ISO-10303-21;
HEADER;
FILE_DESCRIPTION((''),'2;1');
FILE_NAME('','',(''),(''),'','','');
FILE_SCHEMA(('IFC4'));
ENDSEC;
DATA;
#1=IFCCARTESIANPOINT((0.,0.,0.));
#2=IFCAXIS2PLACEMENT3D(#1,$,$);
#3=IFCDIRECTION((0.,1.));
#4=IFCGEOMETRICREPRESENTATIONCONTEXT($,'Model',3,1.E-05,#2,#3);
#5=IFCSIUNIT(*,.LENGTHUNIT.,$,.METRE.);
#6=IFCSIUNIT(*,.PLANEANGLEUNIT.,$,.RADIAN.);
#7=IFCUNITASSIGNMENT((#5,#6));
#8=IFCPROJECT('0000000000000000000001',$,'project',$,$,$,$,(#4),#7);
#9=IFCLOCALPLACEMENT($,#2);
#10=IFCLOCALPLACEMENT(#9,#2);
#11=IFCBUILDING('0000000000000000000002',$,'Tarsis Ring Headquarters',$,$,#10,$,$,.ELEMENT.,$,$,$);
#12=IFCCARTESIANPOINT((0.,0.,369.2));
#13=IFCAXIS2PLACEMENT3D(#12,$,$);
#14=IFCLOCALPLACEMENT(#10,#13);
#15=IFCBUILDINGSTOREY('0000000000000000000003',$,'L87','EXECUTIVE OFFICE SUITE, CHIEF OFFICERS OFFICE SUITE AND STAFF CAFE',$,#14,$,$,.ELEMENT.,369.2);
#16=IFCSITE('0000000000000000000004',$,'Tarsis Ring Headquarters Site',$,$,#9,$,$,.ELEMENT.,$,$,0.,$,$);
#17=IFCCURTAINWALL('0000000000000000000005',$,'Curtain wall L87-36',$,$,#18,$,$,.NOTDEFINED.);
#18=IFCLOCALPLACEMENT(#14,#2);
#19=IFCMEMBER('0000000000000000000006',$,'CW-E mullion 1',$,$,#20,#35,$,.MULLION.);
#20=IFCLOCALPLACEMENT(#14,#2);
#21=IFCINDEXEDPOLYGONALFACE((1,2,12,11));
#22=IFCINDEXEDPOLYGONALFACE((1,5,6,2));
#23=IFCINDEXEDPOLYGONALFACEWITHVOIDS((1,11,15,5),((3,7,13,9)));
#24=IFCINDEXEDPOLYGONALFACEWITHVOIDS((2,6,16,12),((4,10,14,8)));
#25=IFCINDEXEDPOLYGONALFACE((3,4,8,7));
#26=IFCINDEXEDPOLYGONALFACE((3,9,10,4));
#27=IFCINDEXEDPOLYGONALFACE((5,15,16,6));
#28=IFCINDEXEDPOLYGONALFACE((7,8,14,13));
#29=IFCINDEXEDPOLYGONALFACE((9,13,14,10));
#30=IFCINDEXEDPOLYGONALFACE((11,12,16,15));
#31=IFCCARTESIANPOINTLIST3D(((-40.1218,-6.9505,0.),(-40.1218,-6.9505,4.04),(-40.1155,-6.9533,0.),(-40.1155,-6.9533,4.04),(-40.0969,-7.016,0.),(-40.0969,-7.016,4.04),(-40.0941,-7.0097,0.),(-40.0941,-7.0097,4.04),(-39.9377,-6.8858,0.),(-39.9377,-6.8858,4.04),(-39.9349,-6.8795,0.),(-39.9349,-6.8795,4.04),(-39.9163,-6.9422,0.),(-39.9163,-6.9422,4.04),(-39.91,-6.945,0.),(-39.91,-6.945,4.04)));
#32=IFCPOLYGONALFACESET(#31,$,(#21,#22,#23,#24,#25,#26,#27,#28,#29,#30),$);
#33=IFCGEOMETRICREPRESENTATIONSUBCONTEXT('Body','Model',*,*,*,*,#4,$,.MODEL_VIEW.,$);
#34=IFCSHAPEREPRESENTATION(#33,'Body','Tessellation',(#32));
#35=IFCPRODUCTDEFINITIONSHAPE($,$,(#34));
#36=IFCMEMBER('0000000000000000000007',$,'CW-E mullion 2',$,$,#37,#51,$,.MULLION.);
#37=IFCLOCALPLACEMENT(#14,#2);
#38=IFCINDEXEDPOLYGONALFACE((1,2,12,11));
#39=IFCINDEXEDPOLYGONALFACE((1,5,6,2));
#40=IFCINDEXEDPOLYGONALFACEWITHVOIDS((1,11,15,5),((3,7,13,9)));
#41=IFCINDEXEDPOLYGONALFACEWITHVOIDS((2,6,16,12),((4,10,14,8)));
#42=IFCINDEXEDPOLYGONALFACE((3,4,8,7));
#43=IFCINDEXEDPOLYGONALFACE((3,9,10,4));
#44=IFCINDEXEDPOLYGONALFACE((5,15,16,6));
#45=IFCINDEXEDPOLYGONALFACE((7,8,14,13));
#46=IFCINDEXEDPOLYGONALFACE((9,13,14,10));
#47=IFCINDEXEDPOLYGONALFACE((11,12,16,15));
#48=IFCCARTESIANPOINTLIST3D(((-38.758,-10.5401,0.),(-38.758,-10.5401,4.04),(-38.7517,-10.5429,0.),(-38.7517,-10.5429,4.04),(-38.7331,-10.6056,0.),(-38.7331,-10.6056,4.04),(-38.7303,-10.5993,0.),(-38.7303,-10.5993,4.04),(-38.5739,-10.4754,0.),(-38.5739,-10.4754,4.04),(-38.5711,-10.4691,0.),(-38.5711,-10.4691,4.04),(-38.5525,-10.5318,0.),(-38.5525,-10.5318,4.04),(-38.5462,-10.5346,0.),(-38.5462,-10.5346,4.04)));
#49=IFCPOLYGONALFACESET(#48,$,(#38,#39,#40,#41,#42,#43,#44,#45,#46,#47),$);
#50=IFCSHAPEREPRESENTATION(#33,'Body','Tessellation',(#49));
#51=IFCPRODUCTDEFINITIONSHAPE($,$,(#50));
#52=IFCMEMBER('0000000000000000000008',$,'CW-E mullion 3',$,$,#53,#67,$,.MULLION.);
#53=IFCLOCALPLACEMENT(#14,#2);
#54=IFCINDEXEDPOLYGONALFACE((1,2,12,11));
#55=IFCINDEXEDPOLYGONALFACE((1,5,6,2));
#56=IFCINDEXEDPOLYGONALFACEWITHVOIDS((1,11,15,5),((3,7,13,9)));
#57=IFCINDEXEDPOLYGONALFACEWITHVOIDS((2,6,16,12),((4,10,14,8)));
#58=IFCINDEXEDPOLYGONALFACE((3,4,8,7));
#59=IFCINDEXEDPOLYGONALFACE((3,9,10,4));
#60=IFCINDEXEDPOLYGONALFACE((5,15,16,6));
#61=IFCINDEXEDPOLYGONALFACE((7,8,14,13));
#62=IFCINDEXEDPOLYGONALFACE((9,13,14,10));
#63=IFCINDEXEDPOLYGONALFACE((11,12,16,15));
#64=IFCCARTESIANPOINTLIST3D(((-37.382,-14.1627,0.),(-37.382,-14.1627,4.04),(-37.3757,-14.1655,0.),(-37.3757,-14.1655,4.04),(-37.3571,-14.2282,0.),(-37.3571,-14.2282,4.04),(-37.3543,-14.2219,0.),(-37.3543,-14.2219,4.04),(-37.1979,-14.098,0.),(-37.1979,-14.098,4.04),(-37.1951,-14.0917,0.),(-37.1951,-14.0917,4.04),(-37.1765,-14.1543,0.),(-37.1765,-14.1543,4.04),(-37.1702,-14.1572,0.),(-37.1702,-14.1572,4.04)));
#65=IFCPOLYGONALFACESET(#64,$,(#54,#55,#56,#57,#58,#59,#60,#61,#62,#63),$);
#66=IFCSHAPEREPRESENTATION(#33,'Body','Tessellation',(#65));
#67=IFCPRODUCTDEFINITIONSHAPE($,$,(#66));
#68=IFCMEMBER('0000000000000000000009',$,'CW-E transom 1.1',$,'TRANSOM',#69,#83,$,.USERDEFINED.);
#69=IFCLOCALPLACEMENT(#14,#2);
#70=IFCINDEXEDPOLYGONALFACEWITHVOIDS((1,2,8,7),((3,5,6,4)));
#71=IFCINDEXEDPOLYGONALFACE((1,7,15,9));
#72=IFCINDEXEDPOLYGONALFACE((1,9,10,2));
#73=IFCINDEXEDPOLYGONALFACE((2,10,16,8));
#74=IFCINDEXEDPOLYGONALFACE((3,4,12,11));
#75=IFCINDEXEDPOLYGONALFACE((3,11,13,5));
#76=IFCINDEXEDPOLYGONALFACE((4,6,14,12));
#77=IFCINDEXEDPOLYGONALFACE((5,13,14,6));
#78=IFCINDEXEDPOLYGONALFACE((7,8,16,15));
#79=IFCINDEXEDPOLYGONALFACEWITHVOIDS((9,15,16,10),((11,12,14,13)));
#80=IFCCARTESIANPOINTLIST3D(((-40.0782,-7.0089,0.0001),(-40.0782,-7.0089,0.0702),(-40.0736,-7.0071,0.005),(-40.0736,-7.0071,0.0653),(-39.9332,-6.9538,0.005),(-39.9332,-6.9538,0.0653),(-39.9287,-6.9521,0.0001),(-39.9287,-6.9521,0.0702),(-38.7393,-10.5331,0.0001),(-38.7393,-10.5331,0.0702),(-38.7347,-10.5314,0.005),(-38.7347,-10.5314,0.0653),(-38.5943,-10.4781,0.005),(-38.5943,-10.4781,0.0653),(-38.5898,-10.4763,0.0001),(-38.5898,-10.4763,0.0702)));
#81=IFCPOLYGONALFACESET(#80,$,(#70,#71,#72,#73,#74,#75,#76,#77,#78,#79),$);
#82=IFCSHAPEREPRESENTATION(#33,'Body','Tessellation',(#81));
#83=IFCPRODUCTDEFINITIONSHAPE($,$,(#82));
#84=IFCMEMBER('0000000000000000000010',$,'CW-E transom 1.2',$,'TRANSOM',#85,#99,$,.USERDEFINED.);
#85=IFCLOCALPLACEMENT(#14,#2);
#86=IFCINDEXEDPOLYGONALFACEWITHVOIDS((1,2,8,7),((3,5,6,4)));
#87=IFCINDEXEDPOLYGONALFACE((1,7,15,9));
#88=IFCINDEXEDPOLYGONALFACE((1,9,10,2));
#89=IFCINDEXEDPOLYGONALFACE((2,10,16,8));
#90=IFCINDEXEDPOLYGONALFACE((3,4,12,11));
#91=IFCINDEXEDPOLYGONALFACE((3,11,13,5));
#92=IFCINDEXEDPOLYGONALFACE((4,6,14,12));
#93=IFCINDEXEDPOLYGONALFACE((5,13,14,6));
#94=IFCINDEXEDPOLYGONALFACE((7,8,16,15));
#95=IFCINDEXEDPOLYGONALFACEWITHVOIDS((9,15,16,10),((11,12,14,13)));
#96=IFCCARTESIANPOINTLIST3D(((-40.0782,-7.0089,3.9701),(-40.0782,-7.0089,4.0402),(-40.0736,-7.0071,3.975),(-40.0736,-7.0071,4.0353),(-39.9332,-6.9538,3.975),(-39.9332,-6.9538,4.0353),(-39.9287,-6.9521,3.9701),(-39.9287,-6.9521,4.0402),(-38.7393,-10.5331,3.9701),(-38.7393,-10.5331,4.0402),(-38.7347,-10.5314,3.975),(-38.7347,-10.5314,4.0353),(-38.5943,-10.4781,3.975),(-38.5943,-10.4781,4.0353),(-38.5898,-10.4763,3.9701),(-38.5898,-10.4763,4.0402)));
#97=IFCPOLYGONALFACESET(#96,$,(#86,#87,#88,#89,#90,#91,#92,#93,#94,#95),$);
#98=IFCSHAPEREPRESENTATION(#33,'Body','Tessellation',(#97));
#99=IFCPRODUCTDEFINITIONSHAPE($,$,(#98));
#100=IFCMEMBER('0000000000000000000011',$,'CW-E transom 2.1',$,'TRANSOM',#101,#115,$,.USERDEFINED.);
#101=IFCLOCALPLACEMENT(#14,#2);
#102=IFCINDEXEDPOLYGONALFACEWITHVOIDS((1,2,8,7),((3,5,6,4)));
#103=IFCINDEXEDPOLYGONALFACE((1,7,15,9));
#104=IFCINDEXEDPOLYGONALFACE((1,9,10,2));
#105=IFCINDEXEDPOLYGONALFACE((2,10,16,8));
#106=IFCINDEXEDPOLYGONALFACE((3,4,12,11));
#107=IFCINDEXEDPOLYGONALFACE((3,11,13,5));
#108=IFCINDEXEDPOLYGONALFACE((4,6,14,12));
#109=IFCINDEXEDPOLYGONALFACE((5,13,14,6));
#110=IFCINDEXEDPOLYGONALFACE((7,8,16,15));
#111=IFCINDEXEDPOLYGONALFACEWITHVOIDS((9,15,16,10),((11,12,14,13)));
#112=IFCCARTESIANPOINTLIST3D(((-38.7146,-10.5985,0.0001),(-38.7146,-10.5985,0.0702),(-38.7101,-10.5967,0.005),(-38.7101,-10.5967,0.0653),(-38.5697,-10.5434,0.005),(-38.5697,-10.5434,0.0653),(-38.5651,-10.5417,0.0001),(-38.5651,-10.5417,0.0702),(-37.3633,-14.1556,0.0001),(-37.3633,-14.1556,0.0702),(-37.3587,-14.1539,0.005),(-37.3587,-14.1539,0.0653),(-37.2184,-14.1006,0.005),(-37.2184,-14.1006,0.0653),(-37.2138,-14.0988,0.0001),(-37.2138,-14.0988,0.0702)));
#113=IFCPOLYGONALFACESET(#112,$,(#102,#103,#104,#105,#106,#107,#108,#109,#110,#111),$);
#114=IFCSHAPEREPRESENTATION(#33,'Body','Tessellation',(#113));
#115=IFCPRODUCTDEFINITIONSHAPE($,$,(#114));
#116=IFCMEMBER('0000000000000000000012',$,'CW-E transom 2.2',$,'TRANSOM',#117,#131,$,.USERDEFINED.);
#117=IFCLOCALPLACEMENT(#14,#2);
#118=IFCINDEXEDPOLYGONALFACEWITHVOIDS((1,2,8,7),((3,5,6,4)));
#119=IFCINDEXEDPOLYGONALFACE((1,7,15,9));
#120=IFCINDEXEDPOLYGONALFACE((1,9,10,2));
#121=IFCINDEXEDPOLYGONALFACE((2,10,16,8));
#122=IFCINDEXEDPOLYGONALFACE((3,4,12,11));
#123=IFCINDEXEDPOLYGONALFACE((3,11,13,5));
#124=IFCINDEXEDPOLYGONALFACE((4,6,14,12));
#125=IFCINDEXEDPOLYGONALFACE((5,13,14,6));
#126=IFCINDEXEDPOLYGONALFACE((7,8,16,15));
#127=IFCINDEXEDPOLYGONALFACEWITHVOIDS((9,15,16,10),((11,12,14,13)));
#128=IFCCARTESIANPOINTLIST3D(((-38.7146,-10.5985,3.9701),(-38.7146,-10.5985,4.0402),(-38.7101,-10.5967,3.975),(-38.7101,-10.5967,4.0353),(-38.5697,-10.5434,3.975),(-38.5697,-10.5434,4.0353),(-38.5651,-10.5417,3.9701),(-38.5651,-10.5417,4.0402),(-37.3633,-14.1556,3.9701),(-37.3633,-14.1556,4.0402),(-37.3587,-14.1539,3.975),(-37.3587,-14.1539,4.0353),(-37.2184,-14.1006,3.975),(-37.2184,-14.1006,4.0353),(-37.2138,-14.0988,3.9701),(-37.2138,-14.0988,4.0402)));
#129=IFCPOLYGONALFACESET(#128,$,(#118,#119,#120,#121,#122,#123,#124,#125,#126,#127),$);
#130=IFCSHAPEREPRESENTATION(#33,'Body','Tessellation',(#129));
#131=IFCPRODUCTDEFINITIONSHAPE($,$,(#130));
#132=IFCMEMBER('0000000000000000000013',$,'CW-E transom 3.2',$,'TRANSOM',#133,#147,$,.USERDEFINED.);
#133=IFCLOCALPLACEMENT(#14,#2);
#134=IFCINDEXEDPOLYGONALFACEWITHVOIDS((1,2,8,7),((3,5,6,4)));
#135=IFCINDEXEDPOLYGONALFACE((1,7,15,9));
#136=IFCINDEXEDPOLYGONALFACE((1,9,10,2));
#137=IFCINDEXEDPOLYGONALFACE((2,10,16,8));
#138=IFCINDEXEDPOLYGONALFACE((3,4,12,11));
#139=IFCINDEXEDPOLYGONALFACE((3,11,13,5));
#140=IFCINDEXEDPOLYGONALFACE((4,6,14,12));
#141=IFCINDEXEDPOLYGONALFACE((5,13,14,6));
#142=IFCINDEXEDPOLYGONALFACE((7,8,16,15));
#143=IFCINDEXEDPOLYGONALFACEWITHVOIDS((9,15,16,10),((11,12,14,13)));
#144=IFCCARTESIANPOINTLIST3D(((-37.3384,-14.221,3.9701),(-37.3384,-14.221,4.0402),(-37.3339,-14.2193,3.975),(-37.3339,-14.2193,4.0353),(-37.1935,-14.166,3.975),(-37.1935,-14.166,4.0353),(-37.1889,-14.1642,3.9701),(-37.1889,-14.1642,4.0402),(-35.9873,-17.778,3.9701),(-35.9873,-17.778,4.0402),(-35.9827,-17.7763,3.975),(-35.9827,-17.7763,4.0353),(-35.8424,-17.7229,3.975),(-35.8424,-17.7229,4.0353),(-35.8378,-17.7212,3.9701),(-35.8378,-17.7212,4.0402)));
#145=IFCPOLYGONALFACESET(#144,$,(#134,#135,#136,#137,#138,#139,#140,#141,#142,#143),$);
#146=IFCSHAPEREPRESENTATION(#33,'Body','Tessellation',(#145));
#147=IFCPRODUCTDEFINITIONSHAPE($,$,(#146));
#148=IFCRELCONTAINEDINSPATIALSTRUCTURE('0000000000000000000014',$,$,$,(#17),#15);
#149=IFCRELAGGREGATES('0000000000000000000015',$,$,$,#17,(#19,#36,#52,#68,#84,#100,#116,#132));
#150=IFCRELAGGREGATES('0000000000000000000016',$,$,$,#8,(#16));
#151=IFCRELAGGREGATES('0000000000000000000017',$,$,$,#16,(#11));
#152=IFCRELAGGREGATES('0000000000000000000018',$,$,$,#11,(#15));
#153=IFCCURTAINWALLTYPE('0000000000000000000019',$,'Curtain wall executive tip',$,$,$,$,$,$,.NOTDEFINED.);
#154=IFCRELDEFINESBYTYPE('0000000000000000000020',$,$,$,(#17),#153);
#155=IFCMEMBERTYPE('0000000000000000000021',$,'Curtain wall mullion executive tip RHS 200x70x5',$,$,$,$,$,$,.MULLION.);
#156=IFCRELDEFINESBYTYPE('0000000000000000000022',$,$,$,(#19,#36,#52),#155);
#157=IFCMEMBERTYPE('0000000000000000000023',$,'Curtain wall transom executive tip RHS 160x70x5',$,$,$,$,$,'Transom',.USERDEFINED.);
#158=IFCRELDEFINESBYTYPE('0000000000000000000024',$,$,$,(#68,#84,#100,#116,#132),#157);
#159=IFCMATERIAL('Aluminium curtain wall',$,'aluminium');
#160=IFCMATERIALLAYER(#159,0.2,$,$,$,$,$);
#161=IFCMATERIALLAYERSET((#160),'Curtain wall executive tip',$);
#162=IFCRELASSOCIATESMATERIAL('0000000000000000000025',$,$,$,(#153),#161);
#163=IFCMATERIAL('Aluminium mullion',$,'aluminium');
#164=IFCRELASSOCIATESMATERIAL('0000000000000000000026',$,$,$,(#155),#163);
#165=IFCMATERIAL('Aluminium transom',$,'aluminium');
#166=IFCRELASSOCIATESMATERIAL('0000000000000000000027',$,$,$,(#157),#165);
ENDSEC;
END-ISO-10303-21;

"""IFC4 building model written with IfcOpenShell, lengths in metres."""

from ifc_helpers import new_model, si_unit, direction, frame, origin, origin_2d, place, context, subcontext, project, spatial, hollow_rectangle, extrude, material, layer, layer_set, material_profile, profile_set, type_object, element, aggregate, save


model = new_model("IFC4")

# Units and contexts
model_context = context("Model", 3, precision=1e-05, world=origin(), true_north=direction((0.0, 1.0)))
body_context = subcontext(model_context, "Body", "Model", "MODEL_VIEW")
ifc_project = project(units=[si_unit("LENGTHUNIT", "METRE"), si_unit("PLANEANGLEUNIT", "RADIAN")], contexts=[model_context])

# Site, building, storey
site_placement = place(None, origin())
site = spatial("IfcSite", under=ifc_project, at=site_placement, Name="Tarsis Ring Headquarters Site", CompositionType="ELEMENT", RefElevation=0.0)
building_placement = place(site_placement, origin())
building = spatial("IfcBuilding", under=site, at=building_placement, Name="Tarsis Ring Headquarters", CompositionType="ELEMENT")
storey_placement = place(building_placement, frame((0.0, 0.0, 369.2)))
storey = spatial("IfcBuildingStorey", under=building, at=storey_placement, Name="L87", Description="EXECUTIVE OFFICE SUITE, CHIEF OFFICERS OFFICE SUITE AND STAFF CAFE", CompositionType="ELEMENT", Elevation=369.2)

# Curtain wall, members
ifc_material_1 = material(Name="Aluminium curtain wall", Category="aluminium")
ifc_layer_1 = layer(ifc_material_1, 0.2)
ifc_layer_set_1 = layer_set([ifc_layer_1], Name="Curtain wall executive tip")
curtain_wall_type = type_object("IfcCurtainWallType", Name="Curtain wall executive tip", PredefinedType="NOTDEFINED", material=ifc_layer_set_1)
curtain_wall_placement = place(storey_placement, origin())
curtain_wall = element("IfcCurtainWall", 1, at=curtain_wall_placement, inside=storey, type_object=curtain_wall_type, Name="Curtain wall L87-36", PredefinedType="NOTDEFINED")
ifc_material_2 = material(Name="Aluminium mullion", Category="aluminium")
ifc_material_profile_1 = material_profile(ifc_material_2, hollow_rectangle(XDim=0.2, YDim=0.0701, WallThickness=0.0049, at=origin_2d()), Name="RHS 200x70x5")
ifc_profile_set_1 = profile_set([ifc_material_profile_1], Name="Aluminium mullion")
member_type_1 = type_object("IfcMemberType", Name="Curtain wall mullion executive tip RHS 200x70x5", PredefinedType="MULLION", material=ifc_profile_set_1)
member_1_placement = place(storey_placement, frame((-40.0159, -6.9478, 0.0), z_axis=(0.0, 0.0, 1.0), x_axis=(0.934826, 0.355107, 0.0)))
member_1 = element("IfcMember", 2, at=member_1_placement, type_object=member_type_1, Name="CW-E mullion 1", PredefinedType="MULLION", context=body_context, shape_type="SweptSolid", body=[
    extrude(hollow_rectangle(XDim=0.2, YDim=0.0701, WallThickness=0.0049, at=origin_2d()), origin(), (0.0, 0.0, 1.0), 4.04),
])
member_2_placement = place(storey_placement, frame((-38.6521, -10.5374, 0.0), z_axis=(0.0, 0.0, 1.0), x_axis=(0.934826, 0.355107, 0.0)))
member_2 = element("IfcMember", 3, at=member_2_placement, type_object=member_type_1, Name="CW-E mullion 2", PredefinedType="MULLION", context=body_context, shape_type="SweptSolid", body=[
    extrude(hollow_rectangle(XDim=0.2, YDim=0.0701, WallThickness=0.0049, at=origin_2d()), origin(), (0.0, 0.0, 1.0), 4.04),
])
member_3_placement = place(storey_placement, frame((-37.2761, -14.1599, 0.0), z_axis=(0.0, 0.0, 1.0), x_axis=(0.934826, 0.355107, 0.0)))
member_3 = element("IfcMember", 4, at=member_3_placement, type_object=member_type_1, Name="CW-E mullion 3", PredefinedType="MULLION", context=body_context, shape_type="SweptSolid", body=[
    extrude(hollow_rectangle(XDim=0.2, YDim=0.0701, WallThickness=0.0049, at=origin_2d()), origin(), (0.0, 0.0, 1.0), 4.04),
])
ifc_material_3 = material(Name="Aluminium transom", Category="aluminium")
ifc_material_profile_2 = material_profile(ifc_material_3, hollow_rectangle(XDim=0.1599, YDim=0.0701, WallThickness=0.0049, at=origin_2d()), Name="RHS 160x70x5")
ifc_profile_set_2 = profile_set([ifc_material_profile_2], Name="Aluminium transom")
member_type_2 = type_object("IfcMemberType", Name="Curtain wall transom executive tip RHS 160x70x5", ElementType="Transom", PredefinedType="USERDEFINED", material=ifc_profile_set_2)
member_4_placement = place(storey_placement, frame((-40.0034, -6.9805, 0.0352), z_axis=(0.355144, -0.934812, 0.0), x_axis=(0.934812, 0.355144, 0.0)))
member_4 = element("IfcMember", 5, at=member_4_placement, type_object=member_type_2, Name="CW-E transom 1.1", ObjectType="TRANSOM", PredefinedType="USERDEFINED", context=body_context, shape_type="SweptSolid", body=[
    extrude(hollow_rectangle(XDim=0.1599, YDim=0.0701, WallThickness=0.0049, at=origin_2d()), origin(), (0.0, 0.0, 1.0), 3.77),
])
member_5_placement = place(storey_placement, frame((-40.0034, -6.9805, 4.0051), z_axis=(0.355144, -0.934812, 0.0), x_axis=(0.934812, 0.355144, 0.0)))
member_5 = element("IfcMember", 6, at=member_5_placement, type_object=member_type_2, Name="CW-E transom 1.2", ObjectType="TRANSOM", PredefinedType="USERDEFINED", context=body_context, shape_type="SweptSolid", body=[
    extrude(hollow_rectangle(XDim=0.1599, YDim=0.0701, WallThickness=0.0049, at=origin_2d()), origin(), (0.0, 0.0, 1.0), 3.77),
])
member_6_placement = place(storey_placement, frame((-38.6399, -10.5701, 0.0352), z_axis=(0.355128, -0.934818, 0.0), x_axis=(0.934818, 0.355128, 0.0)))
member_6 = element("IfcMember", 7, at=member_6_placement, type_object=member_type_2, Name="CW-E transom 2.1", ObjectType="TRANSOM", PredefinedType="USERDEFINED", context=body_context, shape_type="SweptSolid", body=[
    extrude(hollow_rectangle(XDim=0.1599, YDim=0.0701, WallThickness=0.0049, at=origin_2d()), origin(), (0.0, 0.0, 1.0), 3.8052),
])
member_7_placement = place(storey_placement, frame((-38.6399, -10.5701, 4.0051), z_axis=(0.355128, -0.934818, 0.0), x_axis=(0.934818, 0.355128, 0.0)))
member_7 = element("IfcMember", 8, at=member_7_placement, type_object=member_type_2, Name="CW-E transom 2.2", ObjectType="TRANSOM", PredefinedType="USERDEFINED", context=body_context, shape_type="SweptSolid", body=[
    extrude(hollow_rectangle(XDim=0.1599, YDim=0.0701, WallThickness=0.0049, at=origin_2d()), origin(), (0.0, 0.0, 1.0), 3.8052),
])
member_8_placement = place(storey_placement, frame((-37.2637, -14.1926, 4.0051), z_axis=(0.355093, -0.934831, 0.0), x_axis=(0.934831, 0.355093, 0.0)))
member_8 = element("IfcMember", 9, at=member_8_placement, type_object=member_type_2, Name="CW-E transom 3.2", ObjectType="TRANSOM", PredefinedType="USERDEFINED", context=body_context, shape_type="SweptSolid", body=[
    extrude(hollow_rectangle(XDim=0.1599, YDim=0.0701, WallThickness=0.0049, at=origin_2d()), origin(), (0.0, 0.0, 1.0), 3.8049),
])

aggregate(curtain_wall, [member_1, member_2, member_3, member_4, member_5, member_6, member_7, member_8])

save(model, "model.ifc")
